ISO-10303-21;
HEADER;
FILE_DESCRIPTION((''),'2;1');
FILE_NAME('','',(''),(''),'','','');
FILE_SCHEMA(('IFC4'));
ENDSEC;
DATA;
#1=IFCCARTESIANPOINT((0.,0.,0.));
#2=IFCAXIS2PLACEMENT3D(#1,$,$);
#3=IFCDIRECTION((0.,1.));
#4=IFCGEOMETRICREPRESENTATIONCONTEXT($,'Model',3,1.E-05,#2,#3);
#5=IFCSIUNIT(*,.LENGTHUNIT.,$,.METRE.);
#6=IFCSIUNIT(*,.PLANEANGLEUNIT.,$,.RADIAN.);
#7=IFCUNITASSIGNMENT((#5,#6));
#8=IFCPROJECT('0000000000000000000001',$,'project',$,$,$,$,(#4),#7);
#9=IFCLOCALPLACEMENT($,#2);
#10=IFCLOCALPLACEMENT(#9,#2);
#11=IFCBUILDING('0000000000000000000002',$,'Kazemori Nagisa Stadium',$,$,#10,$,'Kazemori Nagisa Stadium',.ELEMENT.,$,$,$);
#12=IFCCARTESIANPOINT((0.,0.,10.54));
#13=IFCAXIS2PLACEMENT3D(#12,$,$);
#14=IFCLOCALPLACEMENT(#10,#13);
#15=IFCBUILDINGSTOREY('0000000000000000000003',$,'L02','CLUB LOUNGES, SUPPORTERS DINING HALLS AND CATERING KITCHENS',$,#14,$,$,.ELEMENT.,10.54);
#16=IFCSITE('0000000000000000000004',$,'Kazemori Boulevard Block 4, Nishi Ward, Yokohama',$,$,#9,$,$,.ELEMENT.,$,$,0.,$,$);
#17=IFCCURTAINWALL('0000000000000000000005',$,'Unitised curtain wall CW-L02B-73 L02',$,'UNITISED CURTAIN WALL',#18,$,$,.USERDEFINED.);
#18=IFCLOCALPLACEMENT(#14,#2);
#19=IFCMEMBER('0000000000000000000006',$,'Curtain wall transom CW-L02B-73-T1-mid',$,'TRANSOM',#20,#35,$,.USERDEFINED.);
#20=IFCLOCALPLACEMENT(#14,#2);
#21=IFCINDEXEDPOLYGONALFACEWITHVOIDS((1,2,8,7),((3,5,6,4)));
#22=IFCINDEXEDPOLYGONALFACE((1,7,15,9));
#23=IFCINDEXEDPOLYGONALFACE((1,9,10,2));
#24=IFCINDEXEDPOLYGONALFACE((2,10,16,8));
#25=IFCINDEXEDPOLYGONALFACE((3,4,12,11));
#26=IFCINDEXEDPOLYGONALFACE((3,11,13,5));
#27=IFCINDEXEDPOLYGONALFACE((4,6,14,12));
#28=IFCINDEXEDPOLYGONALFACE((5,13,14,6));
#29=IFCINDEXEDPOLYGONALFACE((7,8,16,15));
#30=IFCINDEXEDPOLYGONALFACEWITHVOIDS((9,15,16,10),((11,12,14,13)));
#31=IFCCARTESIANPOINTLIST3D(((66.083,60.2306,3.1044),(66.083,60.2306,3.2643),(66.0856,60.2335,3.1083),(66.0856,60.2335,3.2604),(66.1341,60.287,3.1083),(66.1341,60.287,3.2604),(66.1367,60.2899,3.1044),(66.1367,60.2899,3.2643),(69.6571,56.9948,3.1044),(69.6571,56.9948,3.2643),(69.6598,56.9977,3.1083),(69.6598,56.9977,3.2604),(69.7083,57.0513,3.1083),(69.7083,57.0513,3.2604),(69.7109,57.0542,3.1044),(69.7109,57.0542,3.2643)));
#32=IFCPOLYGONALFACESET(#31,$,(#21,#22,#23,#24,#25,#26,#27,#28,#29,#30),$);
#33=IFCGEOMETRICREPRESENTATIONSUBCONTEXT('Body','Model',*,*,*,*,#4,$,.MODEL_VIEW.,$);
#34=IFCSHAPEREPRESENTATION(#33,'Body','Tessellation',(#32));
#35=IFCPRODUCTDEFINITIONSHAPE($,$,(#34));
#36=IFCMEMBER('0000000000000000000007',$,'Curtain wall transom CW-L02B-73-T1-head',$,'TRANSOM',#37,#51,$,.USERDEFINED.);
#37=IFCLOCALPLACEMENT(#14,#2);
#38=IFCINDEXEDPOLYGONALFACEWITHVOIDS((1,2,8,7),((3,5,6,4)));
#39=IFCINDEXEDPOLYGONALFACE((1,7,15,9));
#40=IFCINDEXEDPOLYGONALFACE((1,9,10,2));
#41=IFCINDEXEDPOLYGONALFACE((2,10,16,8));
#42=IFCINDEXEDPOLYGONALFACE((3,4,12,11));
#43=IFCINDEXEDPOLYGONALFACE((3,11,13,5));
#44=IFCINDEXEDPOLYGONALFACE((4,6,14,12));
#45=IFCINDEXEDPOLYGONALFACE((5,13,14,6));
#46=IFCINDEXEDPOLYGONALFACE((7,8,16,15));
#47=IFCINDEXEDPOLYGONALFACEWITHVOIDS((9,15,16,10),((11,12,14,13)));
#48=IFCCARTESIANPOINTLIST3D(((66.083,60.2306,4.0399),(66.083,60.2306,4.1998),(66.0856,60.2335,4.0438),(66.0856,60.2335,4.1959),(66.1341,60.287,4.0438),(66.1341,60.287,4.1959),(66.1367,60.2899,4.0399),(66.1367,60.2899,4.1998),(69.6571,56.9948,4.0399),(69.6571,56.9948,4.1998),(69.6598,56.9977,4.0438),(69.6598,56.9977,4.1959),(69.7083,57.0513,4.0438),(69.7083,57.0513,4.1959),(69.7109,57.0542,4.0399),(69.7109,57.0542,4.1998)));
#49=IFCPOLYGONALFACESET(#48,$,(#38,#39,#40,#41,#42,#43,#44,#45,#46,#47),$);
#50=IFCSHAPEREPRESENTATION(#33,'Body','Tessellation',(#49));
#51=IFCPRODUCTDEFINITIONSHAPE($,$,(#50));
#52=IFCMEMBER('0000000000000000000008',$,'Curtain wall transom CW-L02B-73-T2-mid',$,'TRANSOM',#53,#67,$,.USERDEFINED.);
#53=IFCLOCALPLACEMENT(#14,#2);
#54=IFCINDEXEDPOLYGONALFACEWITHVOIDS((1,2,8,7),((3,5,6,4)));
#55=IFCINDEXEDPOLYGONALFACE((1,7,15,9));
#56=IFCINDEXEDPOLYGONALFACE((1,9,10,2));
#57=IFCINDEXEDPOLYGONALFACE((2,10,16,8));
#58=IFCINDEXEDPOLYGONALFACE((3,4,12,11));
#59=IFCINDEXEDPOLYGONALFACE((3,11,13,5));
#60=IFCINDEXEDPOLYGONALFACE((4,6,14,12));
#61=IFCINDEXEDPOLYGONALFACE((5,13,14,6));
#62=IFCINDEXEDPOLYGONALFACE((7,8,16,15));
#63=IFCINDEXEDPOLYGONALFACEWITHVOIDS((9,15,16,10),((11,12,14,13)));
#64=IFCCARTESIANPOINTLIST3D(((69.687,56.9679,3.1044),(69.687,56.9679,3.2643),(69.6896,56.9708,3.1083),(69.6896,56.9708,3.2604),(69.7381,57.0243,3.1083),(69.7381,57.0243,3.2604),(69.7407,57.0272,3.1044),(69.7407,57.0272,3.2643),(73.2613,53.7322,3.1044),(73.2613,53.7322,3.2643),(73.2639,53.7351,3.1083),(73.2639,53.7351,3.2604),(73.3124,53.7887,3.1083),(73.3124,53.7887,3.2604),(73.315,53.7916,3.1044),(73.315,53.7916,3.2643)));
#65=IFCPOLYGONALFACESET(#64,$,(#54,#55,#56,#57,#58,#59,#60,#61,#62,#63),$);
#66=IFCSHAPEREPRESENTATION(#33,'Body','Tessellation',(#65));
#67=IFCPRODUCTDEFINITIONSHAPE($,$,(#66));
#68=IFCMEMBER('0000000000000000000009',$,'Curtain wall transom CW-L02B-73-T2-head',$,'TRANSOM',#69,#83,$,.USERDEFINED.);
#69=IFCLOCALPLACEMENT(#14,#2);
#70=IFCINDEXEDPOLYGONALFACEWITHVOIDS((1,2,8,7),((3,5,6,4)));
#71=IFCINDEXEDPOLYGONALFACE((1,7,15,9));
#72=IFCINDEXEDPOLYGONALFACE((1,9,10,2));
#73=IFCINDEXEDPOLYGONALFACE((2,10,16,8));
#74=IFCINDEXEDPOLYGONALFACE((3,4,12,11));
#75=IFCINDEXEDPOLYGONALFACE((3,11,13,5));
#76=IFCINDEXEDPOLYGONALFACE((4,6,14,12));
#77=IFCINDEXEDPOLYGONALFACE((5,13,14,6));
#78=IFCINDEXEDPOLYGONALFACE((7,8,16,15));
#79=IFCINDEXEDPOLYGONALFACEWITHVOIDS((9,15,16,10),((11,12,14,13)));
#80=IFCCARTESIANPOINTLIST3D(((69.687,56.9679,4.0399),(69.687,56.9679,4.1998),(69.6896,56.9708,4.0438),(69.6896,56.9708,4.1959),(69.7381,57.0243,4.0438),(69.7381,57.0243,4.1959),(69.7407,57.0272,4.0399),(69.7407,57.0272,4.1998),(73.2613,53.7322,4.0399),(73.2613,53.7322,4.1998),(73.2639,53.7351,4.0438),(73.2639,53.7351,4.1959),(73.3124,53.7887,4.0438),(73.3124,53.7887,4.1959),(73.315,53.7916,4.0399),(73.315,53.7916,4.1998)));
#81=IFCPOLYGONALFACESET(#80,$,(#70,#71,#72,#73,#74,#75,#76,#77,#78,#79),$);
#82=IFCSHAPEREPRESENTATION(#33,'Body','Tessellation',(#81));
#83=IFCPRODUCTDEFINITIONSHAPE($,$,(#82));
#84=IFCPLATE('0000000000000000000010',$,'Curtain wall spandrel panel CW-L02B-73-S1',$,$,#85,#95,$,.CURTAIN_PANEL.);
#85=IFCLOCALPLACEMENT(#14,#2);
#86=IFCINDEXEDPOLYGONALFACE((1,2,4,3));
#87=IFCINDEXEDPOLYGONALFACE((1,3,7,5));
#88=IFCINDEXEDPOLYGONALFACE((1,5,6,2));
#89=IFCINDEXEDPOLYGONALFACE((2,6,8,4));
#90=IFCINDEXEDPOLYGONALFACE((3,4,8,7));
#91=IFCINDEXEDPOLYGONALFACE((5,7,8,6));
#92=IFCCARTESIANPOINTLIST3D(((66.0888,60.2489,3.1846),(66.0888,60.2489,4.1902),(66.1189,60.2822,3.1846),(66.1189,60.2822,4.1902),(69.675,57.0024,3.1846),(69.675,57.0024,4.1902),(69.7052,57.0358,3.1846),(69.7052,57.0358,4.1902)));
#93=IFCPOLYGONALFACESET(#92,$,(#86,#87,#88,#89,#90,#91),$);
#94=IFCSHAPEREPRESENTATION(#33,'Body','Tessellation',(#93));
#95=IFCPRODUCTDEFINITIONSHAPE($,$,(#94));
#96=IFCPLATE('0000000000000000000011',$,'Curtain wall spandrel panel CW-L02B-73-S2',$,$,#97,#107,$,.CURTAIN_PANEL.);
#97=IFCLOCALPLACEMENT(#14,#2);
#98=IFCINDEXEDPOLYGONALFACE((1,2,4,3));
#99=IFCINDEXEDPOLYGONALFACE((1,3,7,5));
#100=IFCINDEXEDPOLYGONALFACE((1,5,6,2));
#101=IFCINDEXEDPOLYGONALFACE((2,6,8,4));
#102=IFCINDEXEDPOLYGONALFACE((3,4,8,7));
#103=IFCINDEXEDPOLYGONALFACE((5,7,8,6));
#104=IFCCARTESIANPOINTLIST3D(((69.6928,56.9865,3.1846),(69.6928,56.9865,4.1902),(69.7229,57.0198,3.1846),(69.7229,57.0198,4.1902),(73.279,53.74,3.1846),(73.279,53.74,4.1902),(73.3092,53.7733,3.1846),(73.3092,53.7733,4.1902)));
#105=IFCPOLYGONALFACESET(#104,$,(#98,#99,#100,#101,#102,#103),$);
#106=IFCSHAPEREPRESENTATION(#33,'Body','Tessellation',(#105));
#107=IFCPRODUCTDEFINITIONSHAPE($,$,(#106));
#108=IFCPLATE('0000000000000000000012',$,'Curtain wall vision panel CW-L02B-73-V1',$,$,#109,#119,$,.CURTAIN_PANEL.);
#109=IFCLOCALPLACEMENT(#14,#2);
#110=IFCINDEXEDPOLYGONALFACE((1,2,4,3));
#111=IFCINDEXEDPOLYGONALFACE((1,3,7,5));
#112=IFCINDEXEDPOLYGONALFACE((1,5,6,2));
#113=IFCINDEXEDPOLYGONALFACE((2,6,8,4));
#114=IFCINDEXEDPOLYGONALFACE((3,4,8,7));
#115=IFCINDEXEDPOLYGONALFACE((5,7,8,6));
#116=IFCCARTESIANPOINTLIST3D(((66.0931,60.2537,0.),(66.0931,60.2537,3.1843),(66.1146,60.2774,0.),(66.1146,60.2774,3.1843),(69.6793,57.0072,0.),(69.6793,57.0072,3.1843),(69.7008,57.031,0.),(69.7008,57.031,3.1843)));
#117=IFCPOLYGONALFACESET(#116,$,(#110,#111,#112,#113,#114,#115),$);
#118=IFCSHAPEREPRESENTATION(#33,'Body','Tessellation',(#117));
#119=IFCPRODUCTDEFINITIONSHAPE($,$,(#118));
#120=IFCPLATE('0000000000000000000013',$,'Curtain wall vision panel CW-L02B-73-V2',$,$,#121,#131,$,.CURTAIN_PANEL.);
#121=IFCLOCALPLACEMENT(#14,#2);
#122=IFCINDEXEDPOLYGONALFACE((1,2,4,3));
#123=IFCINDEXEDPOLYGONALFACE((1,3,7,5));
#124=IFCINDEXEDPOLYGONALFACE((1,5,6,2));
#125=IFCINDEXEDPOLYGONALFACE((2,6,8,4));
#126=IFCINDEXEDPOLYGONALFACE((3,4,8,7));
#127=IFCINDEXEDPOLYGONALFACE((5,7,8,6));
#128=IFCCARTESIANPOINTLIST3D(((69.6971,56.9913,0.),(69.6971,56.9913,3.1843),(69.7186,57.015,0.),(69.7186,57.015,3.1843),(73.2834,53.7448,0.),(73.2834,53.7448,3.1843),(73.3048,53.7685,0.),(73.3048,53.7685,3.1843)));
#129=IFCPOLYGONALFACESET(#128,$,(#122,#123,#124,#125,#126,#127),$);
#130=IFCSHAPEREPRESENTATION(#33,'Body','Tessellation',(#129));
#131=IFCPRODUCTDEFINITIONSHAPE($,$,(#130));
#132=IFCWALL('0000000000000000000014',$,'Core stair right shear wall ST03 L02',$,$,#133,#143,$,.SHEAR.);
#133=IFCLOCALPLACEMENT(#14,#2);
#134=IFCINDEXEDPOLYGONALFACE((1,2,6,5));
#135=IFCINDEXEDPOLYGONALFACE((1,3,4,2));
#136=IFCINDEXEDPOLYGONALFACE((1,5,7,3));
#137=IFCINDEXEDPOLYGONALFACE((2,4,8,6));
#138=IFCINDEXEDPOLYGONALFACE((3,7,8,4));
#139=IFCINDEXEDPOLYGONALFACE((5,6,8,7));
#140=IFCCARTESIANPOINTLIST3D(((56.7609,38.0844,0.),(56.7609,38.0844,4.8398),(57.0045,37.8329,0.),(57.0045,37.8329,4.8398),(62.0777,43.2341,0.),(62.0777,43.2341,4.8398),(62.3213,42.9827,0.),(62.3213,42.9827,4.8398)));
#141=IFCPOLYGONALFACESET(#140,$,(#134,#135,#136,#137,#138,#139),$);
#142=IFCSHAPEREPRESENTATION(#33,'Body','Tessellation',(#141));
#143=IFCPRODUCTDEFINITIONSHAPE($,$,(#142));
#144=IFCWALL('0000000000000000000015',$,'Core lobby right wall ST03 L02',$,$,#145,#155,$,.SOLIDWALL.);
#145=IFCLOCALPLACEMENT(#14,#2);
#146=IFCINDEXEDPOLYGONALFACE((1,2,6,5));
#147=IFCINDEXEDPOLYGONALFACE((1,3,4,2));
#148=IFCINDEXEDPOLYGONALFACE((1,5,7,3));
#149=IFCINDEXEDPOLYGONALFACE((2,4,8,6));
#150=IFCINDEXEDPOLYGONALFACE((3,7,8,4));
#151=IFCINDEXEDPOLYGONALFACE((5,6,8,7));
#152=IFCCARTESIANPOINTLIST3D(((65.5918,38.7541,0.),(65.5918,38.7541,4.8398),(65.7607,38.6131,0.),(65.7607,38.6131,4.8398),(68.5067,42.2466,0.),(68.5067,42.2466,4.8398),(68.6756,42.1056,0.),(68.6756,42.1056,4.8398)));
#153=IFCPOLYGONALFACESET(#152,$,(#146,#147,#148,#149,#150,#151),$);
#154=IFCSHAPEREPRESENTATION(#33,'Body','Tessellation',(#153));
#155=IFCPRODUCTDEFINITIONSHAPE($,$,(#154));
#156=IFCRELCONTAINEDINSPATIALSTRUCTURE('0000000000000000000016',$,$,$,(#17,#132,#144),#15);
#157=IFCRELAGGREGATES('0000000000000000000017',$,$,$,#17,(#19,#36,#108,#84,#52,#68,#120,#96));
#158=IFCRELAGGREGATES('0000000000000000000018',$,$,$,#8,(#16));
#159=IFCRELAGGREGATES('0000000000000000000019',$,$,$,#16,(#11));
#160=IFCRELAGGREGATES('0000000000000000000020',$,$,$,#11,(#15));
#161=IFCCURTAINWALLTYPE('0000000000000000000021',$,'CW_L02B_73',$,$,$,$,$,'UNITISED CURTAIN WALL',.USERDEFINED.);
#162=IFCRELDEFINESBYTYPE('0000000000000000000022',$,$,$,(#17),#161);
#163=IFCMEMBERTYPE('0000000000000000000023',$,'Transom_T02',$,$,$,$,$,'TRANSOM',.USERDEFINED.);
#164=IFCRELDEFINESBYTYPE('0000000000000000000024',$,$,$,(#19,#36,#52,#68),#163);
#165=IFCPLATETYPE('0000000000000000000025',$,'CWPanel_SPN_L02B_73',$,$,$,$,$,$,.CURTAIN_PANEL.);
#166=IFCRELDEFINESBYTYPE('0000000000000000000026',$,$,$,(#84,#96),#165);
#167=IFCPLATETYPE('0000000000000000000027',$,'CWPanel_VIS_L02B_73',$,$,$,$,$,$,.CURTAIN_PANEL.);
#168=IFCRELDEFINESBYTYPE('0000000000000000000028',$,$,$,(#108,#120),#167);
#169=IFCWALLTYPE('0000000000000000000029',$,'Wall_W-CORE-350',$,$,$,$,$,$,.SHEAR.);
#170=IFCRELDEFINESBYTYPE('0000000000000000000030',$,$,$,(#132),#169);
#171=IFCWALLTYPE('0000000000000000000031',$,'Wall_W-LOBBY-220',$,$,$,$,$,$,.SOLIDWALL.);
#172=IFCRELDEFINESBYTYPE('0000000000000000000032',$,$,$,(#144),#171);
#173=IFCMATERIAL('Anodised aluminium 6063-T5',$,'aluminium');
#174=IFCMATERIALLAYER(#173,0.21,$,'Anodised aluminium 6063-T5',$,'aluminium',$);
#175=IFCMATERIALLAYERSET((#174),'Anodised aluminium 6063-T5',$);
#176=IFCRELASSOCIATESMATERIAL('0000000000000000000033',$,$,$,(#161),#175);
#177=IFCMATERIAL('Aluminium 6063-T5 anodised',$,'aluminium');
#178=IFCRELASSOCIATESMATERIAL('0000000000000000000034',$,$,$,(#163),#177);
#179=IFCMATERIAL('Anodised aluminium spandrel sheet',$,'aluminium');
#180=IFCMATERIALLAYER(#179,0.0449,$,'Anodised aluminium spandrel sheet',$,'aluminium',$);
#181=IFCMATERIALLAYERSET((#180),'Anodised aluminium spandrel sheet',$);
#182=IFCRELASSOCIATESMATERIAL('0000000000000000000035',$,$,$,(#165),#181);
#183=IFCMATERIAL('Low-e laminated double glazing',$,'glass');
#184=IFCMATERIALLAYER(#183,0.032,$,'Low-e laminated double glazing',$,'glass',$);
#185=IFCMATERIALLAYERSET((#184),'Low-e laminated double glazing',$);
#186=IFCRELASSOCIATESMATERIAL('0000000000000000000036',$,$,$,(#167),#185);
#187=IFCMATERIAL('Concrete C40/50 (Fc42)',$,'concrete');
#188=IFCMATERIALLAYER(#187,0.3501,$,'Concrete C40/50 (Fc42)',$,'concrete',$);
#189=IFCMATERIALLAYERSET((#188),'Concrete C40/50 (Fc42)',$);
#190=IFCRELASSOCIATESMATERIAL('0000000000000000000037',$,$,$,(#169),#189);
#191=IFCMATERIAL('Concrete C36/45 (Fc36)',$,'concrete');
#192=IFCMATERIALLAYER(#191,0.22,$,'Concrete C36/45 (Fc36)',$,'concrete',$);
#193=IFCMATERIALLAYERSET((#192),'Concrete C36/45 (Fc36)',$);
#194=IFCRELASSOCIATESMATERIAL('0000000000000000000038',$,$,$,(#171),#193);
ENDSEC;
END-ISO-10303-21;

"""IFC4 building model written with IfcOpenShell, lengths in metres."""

from ifc_helpers import new_model, si_unit, direction, frame, frame_2d, origin, origin_2d, place, context, subcontext, project, spatial, rectangle, hollow_rectangle, extrude, material, layer, layer_set, material_profile, profile_set, type_object, element, aggregate, save


model = new_model("IFC4")

# Units and contexts
model_context = context("Model", 3, precision=1e-05, world=origin(), true_north=direction((0.0, 1.0)))
body_context = subcontext(model_context, "Body", "Model", "MODEL_VIEW")
ifc_project = project(units=[si_unit("LENGTHUNIT", "METRE"), si_unit("PLANEANGLEUNIT", "RADIAN")], contexts=[model_context])

# Site, building, storey
site_placement = place(None, origin())
site = spatial("IfcSite", under=ifc_project, at=site_placement, Name="Kazemori Boulevard Block 4, Nishi Ward, Yokohama", CompositionType="ELEMENT", RefElevation=0.0)
building_placement = place(site_placement, origin())
building = spatial("IfcBuilding", under=site, at=building_placement, Name="Kazemori Nagisa Stadium", LongName="Kazemori Nagisa Stadium", CompositionType="ELEMENT")
storey_placement = place(building_placement, frame((0.0, 0.0, 10.54)))
storey = spatial("IfcBuildingStorey", under=building, at=storey_placement, Name="L02", Description="CLUB LOUNGES, SUPPORTERS DINING HALLS AND CATERING KITCHENS", CompositionType="ELEMENT", Elevation=10.54)

# Shared definitions
ifc_material_1 = material(Name="Concrete C40/50 (Fc42)", Category="concrete")

# Curtain wall, members, plates
ifc_material_2 = material(Name="Anodised aluminium 6063-T5", Category="aluminium")
ifc_layer_1 = layer(ifc_material_2, 0.21, Name="Anodised aluminium 6063-T5", Category="aluminium")
ifc_layer_set_1 = layer_set([ifc_layer_1], Name="Anodised aluminium 6063-T5")
curtain_wall_type = type_object("IfcCurtainWallType", Name="CW_L02B_73", ElementType="UNITISED CURTAIN WALL", PredefinedType="USERDEFINED", material=ifc_layer_set_1)
curtain_wall_placement = place(storey_placement, origin())
curtain_wall = element("IfcCurtainWall", 1, at=curtain_wall_placement, inside=storey, type_object=curtain_wall_type, Name="Unitised curtain wall CW-L02B-73 L02", ObjectType="UNITISED CURTAIN WALL", PredefinedType="USERDEFINED")
ifc_material_3 = material(Name="Aluminium 6063-T5 anodised", Category="aluminium")
ifc_material_profile_1 = material_profile(ifc_material_3, hollow_rectangle(XDim=0.0801, YDim=0.1599, WallThickness=0.0039, at=origin_2d()), Name="ALU-TRAN-80x160x4")
ifc_profile_set_1 = profile_set([ifc_material_profile_1], Name="Aluminium 6063-T5 anodised")
member_type_1 = type_object("IfcMemberType", Name="Transom_T02", ElementType="TRANSOM", PredefinedType="USERDEFINED", material=ifc_profile_set_1)
member_1_placement = place(storey_placement, frame((66.1099, 60.2603, 3.1843), z_axis=(0.741327, -0.671144, 0.0), x_axis=(0.671144, 0.741327, 0.0)))
member_1 = element("IfcMember", 2, at=member_1_placement, type_object=member_type_1, Name="Curtain wall transom CW-L02B-73-T1-mid", ObjectType="TRANSOM", PredefinedType="USERDEFINED", context=body_context, shape_type="SweptSolid", body=[
    extrude(hollow_rectangle(XDim=0.0801, YDim=0.1599, WallThickness=0.0039, at=origin_2d()), origin(), (0.0, 0.0, 1.0), 4.8213),
])
member_2_placement = place(storey_placement, frame((66.1099, 60.2603, 4.1199), z_axis=(0.741327, -0.671144, 0.0), x_axis=(0.671144, 0.741327, 0.0)))
member_2 = element("IfcMember", 3, at=member_2_placement, type_object=member_type_1, Name="Curtain wall transom CW-L02B-73-T1-head", ObjectType="TRANSOM", PredefinedType="USERDEFINED", context=body_context, shape_type="SweptSolid", body=[
    extrude(hollow_rectangle(XDim=0.0801, YDim=0.1599, WallThickness=0.0039, at=origin_2d()), origin(), (0.0, 0.0, 1.0), 4.8213),
])
member_3_placement = place(storey_placement, frame((69.7139, 56.9976, 3.1843), z_axis=(0.741352, -0.671116, 0.0), x_axis=(0.671116, 0.741352, 0.0)))
member_3 = element("IfcMember", 4, at=member_3_placement, type_object=member_type_1, Name="Curtain wall transom CW-L02B-73-T2-mid", ObjectType="TRANSOM", PredefinedType="USERDEFINED", context=body_context, shape_type="SweptSolid", body=[
    extrude(hollow_rectangle(XDim=0.0801, YDim=0.1599, WallThickness=0.0039, at=origin_2d()), origin(), (0.0, 0.0, 1.0), 4.8213),
])
member_4_placement = place(storey_placement, frame((69.7139, 56.9976, 4.1199), z_axis=(0.741352, -0.671116, 0.0), x_axis=(0.671116, 0.741352, 0.0)))
member_4 = element("IfcMember", 5, at=member_4_placement, type_object=member_type_1, Name="Curtain wall transom CW-L02B-73-T2-head", ObjectType="TRANSOM", PredefinedType="USERDEFINED", context=body_context, shape_type="SweptSolid", body=[
    extrude(hollow_rectangle(XDim=0.0801, YDim=0.1599, WallThickness=0.0039, at=origin_2d()), origin(), (0.0, 0.0, 1.0), 4.8213),
])
ifc_material_4 = material(Name="Anodised aluminium spandrel sheet", Category="aluminium")
ifc_layer_2 = layer(ifc_material_4, 0.0449, Name="Anodised aluminium spandrel sheet", Category="aluminium")
ifc_layer_set_2 = layer_set([ifc_layer_2], Name="Anodised aluminium spandrel sheet")
plate_type_1 = type_object("IfcPlateType", Name="CWPanel_SPN_L02B_73", PredefinedType="CURTAIN_PANEL", material=ifc_layer_set_2)
plate_1_placement = place(storey_placement, frame((67.897, 58.6423, 3.1846), z_axis=(0.0, 0.0, 1.0), x_axis=(0.741351, -0.671118, 0.0)))
plate_1 = element("IfcPlate", 6, at=plate_1_placement, type_object=plate_type_1, Name="Curtain wall spandrel panel CW-L02B-73-S1", PredefinedType="CURTAIN_PANEL", context=body_context, shape_type="SweptSolid", body=[
    extrude(rectangle(XDim=4.8374, YDim=0.0449, at=origin_2d()), origin(), (0.0, 0.0, 1.0), 1.0056),
])
plate_2_placement = place(storey_placement, frame((71.501, 55.3799, 3.1846), z_axis=(0.0, 0.0, 1.0), x_axis=(0.741351, -0.671118, 0.0)))
plate_2 = element("IfcPlate", 7, at=plate_2_placement, type_object=plate_type_1, Name="Curtain wall spandrel panel CW-L02B-73-S2", PredefinedType="CURTAIN_PANEL", context=body_context, shape_type="SweptSolid", body=[
    extrude(rectangle(XDim=4.8374, YDim=0.0449, at=origin_2d()), origin(), (0.0, 0.0, 1.0), 1.0056),
])
ifc_material_5 = material(Name="Low-e laminated double glazing", Category="glass")
ifc_layer_3 = layer(ifc_material_5, 0.032, Name="Low-e laminated double glazing", Category="glass")
ifc_layer_set_3 = layer_set([ifc_layer_3], Name="Low-e laminated double glazing")
plate_type_2 = type_object("IfcPlateType", Name="CWPanel_VIS_L02B_73", PredefinedType="CURTAIN_PANEL", material=ifc_layer_set_3)
plate_3_placement = place(storey_placement, frame((67.897, 58.6423, 0.0), z_axis=(0.0, 0.0, 1.0), x_axis=(0.741351, -0.671118, 0.0)))
plate_3 = element("IfcPlate", 8, at=plate_3_placement, type_object=plate_type_2, Name="Curtain wall vision panel CW-L02B-73-V1", PredefinedType="CURTAIN_PANEL", context=body_context, shape_type="SweptSolid", body=[
    extrude(rectangle(XDim=4.8374, YDim=0.032, at=origin_2d()), origin(), (0.0, 0.0, 1.0), 3.1843),
])
plate_4_placement = place(storey_placement, frame((71.501, 55.3799, 0.0), z_axis=(0.0, 0.0, 1.0), x_axis=(0.741351, -0.671118, 0.0)))
plate_4 = element("IfcPlate", 9, at=plate_4_placement, type_object=plate_type_2, Name="Curtain wall vision panel CW-L02B-73-V2", PredefinedType="CURTAIN_PANEL", context=body_context, shape_type="SweptSolid", body=[
    extrude(rectangle(XDim=4.8374, YDim=0.032, at=origin_2d()), origin(), (0.0, 0.0, 1.0), 3.1843),
])
aggregate(curtain_wall, [member_1, member_2, plate_3, plate_1, member_3, member_4, plate_4, plate_2])

# Walls
ifc_layer_4 = layer(ifc_material_1, 0.3501, Name="Concrete C40/50 (Fc42)", Category="concrete")
ifc_layer_set_4 = layer_set([ifc_layer_4], Name="Concrete C40/50 (Fc42)")
wall_type_1 = type_object("IfcWallType", Name="Wall_W-CORE-350", PredefinedType="SHEAR", material=ifc_layer_set_4)
wall_1_placement = place(storey_placement, frame((62.1995, 43.1084, 0.0), z_axis=(0.0, 0.0, 1.0), x_axis=(-0.718297, -0.695736, 0.0)))
element("IfcWall", 10, at=wall_1_placement, inside=storey, type_object=wall_type_1, Name="Core stair right shear wall ST03 L02", PredefinedType="SHEAR", context=body_context, shape_type="SweptSolid", body=[
    extrude(rectangle(XDim=7.4019, YDim=0.3501, at=frame_2d((3.7009, 0.0))), origin(), (0.0, 0.0, 1.0), 4.8398),
])
ifc_material_6 = material(Name="Concrete C36/45 (Fc36)", Category="concrete")
ifc_layer_5 = layer(ifc_material_6, 0.22, Name="Concrete C36/45 (Fc36)", Category="concrete")
ifc_layer_set_5 = layer_set([ifc_layer_5], Name="Concrete C36/45 (Fc36)")
wall_type_2 = type_object("IfcWallType", Name="Wall_W-LOBBY-220", PredefinedType="SOLIDWALL", material=ifc_layer_set_5)
wall_2_placement = place(storey_placement, frame((68.5911, 42.176, 0.0), z_axis=(0.0, 0.0, 1.0), x_axis=(-0.64076, -0.767742, 0.0)))
element("IfcWall", 11, at=wall_2_placement, inside=storey, type_object=wall_type_2, Name="Core lobby right wall ST03 L02", PredefinedType="SOLIDWALL", context=body_context, shape_type="SweptSolid", body=[
    extrude(rectangle(XDim=4.5491, YDim=0.22, at=frame_2d((2.2744, 0.0))), origin(), (0.0, 0.0, 1.0), 4.8398),
])

save(model, "model.ifc")
